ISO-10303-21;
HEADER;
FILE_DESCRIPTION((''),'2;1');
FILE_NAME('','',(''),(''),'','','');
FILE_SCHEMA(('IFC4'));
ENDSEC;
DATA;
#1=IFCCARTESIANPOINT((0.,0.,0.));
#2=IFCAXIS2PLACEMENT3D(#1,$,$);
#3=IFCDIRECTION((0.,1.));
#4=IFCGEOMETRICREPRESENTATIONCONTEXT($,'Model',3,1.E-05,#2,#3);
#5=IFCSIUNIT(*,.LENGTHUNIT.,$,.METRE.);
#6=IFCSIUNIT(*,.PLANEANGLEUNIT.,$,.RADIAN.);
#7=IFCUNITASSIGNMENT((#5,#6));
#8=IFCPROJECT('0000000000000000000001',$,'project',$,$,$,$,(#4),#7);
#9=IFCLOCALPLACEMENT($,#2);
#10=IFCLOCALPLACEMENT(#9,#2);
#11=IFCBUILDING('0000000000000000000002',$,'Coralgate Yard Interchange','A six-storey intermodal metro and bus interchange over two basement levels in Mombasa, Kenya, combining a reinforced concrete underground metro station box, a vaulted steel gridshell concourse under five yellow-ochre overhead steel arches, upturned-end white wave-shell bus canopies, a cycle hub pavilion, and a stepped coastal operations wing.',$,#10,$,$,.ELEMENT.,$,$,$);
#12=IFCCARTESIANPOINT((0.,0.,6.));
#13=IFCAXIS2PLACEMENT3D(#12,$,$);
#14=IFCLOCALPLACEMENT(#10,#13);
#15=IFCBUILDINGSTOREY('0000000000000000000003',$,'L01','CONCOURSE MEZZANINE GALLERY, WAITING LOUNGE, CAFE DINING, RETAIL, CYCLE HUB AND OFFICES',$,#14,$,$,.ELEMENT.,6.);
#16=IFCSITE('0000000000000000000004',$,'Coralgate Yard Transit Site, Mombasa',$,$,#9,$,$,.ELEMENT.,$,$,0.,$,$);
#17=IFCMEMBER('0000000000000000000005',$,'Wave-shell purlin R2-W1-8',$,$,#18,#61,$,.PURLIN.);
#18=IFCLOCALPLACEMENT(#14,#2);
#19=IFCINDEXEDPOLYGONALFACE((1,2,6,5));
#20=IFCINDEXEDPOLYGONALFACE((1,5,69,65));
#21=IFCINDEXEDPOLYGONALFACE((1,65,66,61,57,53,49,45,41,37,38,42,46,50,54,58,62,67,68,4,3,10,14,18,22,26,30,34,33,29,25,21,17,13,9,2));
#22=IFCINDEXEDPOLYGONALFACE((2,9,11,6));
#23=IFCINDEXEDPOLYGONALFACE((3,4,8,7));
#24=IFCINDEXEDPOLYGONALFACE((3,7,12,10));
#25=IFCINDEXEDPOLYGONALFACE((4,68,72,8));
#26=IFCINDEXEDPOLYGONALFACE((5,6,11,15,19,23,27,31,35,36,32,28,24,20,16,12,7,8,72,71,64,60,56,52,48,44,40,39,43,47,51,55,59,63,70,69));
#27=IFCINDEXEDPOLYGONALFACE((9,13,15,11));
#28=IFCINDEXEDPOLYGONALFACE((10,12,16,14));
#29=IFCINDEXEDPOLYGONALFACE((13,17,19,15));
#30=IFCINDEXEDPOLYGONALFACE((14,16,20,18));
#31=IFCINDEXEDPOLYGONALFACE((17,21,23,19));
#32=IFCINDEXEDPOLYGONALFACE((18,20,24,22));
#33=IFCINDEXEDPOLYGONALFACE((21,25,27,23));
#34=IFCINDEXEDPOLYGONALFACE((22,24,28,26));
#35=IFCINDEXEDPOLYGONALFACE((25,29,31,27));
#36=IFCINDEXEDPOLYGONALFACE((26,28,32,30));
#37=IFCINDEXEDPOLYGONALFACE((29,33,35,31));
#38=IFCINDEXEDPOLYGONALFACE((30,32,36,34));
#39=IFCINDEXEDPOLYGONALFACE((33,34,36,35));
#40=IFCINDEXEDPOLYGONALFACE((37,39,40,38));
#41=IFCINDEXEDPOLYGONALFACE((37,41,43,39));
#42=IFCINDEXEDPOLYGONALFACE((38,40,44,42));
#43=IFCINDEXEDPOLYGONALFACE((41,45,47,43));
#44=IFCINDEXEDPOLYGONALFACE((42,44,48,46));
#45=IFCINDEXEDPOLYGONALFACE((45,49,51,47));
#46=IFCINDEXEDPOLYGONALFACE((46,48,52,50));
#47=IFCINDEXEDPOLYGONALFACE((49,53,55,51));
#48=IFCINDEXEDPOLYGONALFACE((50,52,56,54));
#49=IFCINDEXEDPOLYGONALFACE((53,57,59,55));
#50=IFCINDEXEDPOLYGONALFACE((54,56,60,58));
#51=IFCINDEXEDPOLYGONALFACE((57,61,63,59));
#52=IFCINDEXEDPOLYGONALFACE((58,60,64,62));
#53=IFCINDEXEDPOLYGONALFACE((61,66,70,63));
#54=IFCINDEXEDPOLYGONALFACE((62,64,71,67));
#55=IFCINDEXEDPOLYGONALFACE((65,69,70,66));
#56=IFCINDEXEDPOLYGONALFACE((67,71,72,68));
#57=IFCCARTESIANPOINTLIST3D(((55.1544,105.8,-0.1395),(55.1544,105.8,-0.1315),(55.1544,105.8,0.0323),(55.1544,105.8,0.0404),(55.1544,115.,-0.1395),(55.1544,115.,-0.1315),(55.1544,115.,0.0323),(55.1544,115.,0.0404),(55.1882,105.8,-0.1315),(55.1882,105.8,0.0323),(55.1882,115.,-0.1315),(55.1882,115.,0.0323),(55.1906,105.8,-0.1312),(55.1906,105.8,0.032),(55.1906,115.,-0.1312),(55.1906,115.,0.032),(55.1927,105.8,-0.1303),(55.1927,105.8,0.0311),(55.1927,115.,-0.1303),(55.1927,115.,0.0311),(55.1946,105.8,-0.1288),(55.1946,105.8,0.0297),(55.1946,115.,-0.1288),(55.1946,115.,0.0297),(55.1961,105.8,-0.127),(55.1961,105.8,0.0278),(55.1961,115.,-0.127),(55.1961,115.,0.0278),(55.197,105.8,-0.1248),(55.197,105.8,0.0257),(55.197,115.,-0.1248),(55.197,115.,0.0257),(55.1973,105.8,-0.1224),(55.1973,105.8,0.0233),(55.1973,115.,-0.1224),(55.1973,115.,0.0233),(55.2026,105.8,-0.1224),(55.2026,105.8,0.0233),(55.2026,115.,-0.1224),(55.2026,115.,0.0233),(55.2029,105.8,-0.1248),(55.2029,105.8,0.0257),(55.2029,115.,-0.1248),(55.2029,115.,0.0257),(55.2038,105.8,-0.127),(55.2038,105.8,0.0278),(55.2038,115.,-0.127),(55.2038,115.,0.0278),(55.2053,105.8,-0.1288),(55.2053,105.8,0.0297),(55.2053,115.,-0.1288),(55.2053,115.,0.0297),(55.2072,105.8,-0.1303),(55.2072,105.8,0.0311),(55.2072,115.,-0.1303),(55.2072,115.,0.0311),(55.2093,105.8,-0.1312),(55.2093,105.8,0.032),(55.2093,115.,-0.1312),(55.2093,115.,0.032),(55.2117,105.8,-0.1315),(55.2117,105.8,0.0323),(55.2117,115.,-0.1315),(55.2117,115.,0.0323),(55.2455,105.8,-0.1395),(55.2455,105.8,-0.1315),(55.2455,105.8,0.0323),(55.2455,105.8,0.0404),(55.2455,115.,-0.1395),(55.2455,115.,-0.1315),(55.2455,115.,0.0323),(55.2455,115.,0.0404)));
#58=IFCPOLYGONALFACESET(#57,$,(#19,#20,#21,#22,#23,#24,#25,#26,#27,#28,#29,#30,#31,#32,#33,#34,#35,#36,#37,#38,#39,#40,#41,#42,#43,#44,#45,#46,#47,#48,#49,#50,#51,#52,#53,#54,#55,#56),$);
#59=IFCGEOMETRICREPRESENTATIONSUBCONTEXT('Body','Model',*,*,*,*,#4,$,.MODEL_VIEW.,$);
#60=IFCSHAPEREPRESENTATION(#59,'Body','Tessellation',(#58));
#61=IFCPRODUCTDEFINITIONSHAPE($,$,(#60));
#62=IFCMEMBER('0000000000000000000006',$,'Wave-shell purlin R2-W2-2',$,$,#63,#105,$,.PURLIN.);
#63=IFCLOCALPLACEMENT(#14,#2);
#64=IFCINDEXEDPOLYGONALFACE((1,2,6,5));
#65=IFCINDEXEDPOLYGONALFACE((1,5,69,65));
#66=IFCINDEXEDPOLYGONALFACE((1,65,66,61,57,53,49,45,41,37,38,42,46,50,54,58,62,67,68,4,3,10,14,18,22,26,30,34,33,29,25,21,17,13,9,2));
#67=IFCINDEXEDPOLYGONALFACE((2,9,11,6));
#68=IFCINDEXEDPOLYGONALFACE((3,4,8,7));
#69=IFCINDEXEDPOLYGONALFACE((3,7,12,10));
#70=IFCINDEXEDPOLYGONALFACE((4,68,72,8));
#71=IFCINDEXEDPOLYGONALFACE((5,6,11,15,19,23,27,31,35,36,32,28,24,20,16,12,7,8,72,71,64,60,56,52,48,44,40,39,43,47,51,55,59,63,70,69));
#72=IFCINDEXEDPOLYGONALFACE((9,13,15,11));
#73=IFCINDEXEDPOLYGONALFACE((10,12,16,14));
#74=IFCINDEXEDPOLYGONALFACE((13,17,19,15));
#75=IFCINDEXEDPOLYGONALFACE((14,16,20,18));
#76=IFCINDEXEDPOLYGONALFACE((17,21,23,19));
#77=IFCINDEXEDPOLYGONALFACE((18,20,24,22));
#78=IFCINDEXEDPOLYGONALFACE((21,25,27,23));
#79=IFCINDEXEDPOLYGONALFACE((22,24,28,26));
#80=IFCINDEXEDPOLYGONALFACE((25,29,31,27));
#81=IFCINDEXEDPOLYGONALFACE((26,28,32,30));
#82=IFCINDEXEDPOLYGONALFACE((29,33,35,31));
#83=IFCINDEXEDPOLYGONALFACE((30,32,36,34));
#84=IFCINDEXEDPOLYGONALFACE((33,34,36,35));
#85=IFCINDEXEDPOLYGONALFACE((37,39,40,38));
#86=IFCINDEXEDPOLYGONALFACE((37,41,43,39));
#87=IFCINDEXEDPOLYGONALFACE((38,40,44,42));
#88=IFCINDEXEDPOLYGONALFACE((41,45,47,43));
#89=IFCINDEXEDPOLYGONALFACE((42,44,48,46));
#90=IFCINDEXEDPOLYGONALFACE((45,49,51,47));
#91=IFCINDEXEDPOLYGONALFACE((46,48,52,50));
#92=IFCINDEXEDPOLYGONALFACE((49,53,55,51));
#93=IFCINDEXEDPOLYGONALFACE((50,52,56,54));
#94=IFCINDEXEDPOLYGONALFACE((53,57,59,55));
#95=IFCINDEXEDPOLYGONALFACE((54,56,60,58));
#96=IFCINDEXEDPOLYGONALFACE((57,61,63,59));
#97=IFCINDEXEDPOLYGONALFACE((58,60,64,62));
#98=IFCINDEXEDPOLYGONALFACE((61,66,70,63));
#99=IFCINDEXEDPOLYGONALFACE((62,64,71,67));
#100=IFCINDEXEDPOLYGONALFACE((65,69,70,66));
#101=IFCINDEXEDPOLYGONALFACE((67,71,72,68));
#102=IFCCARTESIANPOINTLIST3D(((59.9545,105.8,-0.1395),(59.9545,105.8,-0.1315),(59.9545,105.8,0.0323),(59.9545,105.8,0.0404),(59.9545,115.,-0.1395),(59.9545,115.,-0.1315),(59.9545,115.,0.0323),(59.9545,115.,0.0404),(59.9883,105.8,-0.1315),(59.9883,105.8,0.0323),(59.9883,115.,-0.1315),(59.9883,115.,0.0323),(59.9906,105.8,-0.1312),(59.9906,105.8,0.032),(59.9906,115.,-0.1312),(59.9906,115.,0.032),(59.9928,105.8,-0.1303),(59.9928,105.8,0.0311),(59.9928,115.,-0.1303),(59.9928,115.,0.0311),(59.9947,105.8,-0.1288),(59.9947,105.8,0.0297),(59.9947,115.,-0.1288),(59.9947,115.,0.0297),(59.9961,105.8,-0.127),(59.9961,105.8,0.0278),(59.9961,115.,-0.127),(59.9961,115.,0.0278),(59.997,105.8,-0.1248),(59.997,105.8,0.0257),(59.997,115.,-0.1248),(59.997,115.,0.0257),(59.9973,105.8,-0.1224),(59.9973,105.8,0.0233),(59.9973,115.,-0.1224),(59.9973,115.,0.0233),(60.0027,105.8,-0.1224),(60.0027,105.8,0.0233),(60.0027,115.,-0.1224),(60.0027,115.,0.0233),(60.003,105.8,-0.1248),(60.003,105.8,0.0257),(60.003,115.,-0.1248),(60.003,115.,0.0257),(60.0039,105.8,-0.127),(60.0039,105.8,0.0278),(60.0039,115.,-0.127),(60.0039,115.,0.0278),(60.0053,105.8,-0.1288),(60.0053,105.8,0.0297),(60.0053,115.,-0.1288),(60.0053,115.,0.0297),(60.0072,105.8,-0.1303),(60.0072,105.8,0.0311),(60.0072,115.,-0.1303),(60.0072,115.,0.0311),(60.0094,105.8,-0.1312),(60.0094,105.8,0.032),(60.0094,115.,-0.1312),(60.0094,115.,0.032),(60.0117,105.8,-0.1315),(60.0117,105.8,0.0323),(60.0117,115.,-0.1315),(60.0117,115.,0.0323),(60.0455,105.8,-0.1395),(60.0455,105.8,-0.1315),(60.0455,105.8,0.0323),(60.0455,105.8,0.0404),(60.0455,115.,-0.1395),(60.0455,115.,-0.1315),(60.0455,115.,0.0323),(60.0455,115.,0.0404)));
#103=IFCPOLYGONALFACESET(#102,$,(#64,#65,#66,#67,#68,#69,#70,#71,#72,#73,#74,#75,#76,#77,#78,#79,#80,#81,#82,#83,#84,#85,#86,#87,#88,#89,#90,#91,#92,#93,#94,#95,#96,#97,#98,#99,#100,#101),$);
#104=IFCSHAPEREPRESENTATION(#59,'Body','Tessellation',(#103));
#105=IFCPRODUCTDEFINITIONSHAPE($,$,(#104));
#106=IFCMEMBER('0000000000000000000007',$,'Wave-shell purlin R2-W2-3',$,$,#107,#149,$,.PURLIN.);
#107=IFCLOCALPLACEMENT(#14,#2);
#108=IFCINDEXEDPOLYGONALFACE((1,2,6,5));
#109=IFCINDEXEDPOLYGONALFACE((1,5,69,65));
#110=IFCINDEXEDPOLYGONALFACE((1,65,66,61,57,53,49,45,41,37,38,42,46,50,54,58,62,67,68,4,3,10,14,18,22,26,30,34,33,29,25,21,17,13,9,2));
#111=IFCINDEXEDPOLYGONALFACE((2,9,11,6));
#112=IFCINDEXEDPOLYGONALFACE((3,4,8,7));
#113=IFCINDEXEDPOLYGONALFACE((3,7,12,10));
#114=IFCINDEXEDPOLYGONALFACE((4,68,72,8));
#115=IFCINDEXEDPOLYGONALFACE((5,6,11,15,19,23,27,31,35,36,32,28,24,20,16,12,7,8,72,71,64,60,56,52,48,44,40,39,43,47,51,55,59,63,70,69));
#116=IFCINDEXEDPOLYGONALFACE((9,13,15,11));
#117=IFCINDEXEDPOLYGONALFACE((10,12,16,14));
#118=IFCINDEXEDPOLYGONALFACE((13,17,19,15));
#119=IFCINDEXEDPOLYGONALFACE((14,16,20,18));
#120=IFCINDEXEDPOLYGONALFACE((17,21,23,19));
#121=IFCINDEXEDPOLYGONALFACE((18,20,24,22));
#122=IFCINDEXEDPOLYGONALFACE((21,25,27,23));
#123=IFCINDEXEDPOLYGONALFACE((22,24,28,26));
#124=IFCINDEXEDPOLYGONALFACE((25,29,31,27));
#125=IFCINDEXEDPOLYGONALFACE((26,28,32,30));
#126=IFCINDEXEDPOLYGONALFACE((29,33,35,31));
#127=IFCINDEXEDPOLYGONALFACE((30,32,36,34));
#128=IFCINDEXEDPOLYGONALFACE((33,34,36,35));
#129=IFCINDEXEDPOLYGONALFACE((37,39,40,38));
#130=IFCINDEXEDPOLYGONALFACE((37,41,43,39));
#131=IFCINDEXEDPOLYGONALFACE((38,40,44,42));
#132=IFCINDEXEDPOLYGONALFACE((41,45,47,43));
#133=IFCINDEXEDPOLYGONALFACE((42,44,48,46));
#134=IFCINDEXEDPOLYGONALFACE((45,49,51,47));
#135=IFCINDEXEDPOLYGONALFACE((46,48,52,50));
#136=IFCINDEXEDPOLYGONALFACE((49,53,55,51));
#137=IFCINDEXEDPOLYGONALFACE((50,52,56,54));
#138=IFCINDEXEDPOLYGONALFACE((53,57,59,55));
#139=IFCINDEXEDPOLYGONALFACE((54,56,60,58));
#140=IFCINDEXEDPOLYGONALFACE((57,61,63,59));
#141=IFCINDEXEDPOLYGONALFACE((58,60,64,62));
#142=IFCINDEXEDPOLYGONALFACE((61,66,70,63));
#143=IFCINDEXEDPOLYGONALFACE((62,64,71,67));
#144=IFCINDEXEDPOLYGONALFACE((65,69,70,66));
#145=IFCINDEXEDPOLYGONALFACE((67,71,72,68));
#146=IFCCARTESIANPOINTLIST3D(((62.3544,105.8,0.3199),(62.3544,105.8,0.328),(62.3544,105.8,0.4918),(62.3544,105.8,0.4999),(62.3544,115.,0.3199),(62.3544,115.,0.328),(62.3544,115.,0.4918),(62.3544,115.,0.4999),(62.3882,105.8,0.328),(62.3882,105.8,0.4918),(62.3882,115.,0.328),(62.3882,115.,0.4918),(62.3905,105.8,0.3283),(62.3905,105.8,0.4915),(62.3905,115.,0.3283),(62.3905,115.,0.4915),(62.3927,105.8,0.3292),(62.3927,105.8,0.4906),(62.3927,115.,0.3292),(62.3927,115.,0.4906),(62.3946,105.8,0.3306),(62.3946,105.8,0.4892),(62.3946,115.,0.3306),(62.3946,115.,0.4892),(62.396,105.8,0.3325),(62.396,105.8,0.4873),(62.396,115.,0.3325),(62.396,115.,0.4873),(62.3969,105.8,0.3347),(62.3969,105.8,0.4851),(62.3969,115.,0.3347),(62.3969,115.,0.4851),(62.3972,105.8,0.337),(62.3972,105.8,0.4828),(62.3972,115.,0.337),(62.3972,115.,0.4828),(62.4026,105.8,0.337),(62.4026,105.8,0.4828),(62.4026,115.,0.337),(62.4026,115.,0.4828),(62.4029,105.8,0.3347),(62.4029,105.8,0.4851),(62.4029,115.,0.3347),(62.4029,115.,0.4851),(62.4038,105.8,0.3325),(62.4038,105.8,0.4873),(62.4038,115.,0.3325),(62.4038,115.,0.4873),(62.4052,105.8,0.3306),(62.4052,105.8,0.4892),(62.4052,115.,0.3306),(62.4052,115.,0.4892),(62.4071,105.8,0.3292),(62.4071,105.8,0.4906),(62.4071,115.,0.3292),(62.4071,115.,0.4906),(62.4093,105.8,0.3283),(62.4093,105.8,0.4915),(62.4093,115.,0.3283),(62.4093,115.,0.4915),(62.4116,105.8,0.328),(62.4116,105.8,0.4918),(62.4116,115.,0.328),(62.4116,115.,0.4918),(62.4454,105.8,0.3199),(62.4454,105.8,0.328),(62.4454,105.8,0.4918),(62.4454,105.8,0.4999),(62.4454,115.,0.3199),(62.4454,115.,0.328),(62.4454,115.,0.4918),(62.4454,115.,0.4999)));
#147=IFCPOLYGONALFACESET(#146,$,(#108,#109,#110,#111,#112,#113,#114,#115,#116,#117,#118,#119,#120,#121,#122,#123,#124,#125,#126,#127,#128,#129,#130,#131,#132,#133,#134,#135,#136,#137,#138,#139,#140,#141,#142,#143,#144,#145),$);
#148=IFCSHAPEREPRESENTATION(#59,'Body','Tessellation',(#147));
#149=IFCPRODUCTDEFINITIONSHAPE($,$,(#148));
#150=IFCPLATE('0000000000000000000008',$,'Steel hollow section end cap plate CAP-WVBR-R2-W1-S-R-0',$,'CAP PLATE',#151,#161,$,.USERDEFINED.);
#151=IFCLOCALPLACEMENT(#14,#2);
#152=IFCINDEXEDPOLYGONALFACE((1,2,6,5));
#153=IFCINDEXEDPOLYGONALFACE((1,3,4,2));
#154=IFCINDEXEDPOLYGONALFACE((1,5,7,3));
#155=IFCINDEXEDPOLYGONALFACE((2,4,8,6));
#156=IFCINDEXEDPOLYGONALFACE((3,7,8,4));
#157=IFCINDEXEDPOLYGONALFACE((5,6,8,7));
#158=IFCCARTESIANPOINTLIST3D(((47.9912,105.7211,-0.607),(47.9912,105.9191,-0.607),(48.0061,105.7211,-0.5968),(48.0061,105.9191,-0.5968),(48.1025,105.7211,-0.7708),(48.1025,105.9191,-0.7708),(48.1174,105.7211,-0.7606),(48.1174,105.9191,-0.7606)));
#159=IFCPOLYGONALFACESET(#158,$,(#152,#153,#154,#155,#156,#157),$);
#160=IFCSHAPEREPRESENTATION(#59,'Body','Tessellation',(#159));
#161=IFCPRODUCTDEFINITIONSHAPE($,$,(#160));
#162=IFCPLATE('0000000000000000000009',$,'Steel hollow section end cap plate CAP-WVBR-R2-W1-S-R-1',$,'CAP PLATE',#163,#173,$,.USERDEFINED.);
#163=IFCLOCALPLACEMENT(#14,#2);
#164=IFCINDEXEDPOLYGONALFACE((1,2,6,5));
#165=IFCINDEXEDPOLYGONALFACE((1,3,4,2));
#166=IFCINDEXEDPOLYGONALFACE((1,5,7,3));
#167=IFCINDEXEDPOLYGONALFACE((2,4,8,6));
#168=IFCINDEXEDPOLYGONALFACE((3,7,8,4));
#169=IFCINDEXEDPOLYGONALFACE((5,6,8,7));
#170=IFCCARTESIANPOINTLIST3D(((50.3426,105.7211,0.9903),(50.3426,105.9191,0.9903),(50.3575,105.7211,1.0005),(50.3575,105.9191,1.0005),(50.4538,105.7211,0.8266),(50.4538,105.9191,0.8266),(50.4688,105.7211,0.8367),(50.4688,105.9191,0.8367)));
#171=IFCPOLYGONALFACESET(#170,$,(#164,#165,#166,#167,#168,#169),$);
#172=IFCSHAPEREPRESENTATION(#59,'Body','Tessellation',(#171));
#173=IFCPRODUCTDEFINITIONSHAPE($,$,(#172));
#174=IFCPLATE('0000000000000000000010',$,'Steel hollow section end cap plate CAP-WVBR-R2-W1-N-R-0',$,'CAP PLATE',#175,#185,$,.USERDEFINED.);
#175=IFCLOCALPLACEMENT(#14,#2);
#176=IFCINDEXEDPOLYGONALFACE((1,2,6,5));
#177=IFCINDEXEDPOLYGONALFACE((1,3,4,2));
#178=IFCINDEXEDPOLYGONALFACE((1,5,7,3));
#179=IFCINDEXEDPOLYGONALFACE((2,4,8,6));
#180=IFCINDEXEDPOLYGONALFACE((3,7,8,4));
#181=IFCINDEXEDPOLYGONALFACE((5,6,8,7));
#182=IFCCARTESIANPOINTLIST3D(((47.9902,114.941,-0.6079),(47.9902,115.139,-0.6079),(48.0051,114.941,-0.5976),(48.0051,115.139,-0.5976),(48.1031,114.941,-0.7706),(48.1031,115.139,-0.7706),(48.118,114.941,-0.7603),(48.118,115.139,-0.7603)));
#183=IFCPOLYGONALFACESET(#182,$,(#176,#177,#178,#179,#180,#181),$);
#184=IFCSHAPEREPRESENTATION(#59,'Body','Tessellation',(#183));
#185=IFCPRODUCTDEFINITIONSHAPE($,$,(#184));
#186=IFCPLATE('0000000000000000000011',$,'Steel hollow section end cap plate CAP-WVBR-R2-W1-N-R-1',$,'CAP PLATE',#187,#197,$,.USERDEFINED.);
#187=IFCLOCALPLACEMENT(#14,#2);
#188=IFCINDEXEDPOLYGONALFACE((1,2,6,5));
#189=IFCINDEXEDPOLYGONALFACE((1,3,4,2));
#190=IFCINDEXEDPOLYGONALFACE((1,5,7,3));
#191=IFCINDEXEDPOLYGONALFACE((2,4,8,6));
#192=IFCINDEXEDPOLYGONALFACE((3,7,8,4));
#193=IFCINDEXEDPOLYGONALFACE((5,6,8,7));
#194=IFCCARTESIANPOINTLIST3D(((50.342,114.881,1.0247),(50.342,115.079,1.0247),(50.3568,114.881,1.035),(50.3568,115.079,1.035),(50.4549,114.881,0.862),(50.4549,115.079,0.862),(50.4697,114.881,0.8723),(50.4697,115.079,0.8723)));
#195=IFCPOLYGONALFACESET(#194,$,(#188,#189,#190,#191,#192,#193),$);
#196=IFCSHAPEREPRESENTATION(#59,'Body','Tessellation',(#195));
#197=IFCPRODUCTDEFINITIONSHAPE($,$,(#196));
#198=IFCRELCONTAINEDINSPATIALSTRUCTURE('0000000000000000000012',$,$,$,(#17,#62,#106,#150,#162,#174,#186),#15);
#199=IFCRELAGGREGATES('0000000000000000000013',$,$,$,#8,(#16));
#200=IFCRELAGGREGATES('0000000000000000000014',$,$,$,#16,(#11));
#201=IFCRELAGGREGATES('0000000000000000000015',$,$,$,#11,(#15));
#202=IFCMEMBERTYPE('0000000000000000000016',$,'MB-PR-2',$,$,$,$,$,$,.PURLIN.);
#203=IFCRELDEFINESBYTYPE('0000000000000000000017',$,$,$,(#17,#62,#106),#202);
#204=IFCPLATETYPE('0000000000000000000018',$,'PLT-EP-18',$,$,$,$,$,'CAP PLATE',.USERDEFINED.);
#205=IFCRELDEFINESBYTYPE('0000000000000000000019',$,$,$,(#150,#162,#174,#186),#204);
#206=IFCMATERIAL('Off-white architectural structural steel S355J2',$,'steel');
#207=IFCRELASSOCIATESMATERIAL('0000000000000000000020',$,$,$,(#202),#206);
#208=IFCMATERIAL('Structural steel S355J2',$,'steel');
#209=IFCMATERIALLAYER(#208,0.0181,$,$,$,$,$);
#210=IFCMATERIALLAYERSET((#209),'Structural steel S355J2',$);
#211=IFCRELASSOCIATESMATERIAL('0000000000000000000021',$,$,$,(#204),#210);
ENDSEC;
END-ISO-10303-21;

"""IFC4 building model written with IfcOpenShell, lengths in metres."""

from ifc_helpers import new_model, si_unit, direction, frame, origin, origin_2d, place, context, subcontext, project, spatial, rectangle, i_section, extrude, material, layer, layer_set, material_profile, profile_set, type_object, element, save


model = new_model("IFC4")

# Units and contexts
model_context = context("Model", 3, precision=1e-05, world=origin(), true_north=direction((0.0, 1.0)))
body_context = subcontext(model_context, "Body", "Model", "MODEL_VIEW")
ifc_project = project(units=[si_unit("LENGTHUNIT", "METRE"), si_unit("PLANEANGLEUNIT", "RADIAN")], contexts=[model_context])

# Site, building, storey
site_placement = place(None, origin())
site = spatial("IfcSite", under=ifc_project, at=site_placement, Name="Coralgate Yard Transit Site, Mombasa", CompositionType="ELEMENT", RefElevation=0.0)
building_placement = place(site_placement, origin())
building = spatial("IfcBuilding", under=site, at=building_placement, Name="Coralgate Yard Interchange", Description="A six-storey intermodal metro and bus interchange over two basement levels in Mombasa, Kenya, combining a reinforced concrete underground metro station box, a vaulted steel gridshell concourse under five yellow-ochre overhead steel arches, upturned-end white wave-shell bus canopies, a cycle hub pavilion, and a stepped coastal operations wing.", CompositionType="ELEMENT")
storey_placement = place(building_placement, frame((0.0, 0.0, 6.0)))
storey = spatial("IfcBuildingStorey", under=building, at=storey_placement, Name="L01", Description="CONCOURSE MEZZANINE GALLERY, WAITING LOUNGE, CAFE DINING, RETAIL, CYCLE HUB AND OFFICES", CompositionType="ELEMENT", Elevation=6.0)

# Shared definitions
ifc_material_1 = material(Name="Off-white architectural structural steel S355J2", Category="steel")

# Members
ifc_material_profile_1 = material_profile(ifc_material_1, i_section(OverallWidth=0.0911, OverallDepth=0.1799, WebThickness=0.0054, FlangeThickness=0.0081, FilletRadius=0.009, at=origin_2d()), Name="IPE 180")
ifc_profile_set_1 = profile_set([ifc_material_profile_1], Name="Off-white architectural structural steel S355J2")
member_type_1 = type_object("IfcMemberType", Name="MB-PR-2", PredefinedType="PURLIN", material=ifc_profile_set_1)
for number, where, z_axis, x_axis, name in (
    (1, (55.2, 105.8, -0.0496), (0.0, 1.0, 0.0), (-1.0, 0.0, 0.0), "Wave-shell purlin R2-W1-8"),
    (2, (60.0, 105.8, -0.0496), (0.0, 1.0, 0.0), (-1.0, 0.0, 0.0), "Wave-shell purlin R2-W2-2"),
    (3, (62.3999, 105.8, 0.4099), (0.0, 1.0, 0.0), (-1.0, 0.0, 0.0), "Wave-shell purlin R2-W2-3"),
):
    element("IfcMember", number, at=place(storey_placement, frame(where, z_axis=z_axis, x_axis=x_axis)), inside=storey, type_object=member_type_1, Name=name, PredefinedType="PURLIN", context=body_context, shape_type="SweptSolid", body=[
        extrude(i_section(OverallWidth=0.0911, OverallDepth=0.1799, WebThickness=0.0054, FlangeThickness=0.0081, FilletRadius=0.009, at=origin_2d()), origin(), (0.0, 0.0, 1.0), 9.2),
    ])

# Plates
ifc_material_2 = material(Name="Structural steel S355J2", Category="steel")
ifc_layer_1 = layer(ifc_material_2, 0.0181)
ifc_layer_set_1 = layer_set([ifc_layer_1], Name="Structural steel S355J2")
plate_type = type_object("IfcPlateType", Name="PLT-EP-18", ElementType="CAP PLATE", PredefinedType="USERDEFINED", material=ifc_layer_set_1)
for number, where, z_axis, x_axis, name in (
    (4, (48.0618, 105.8201, -0.6787), (-0.827189, 0.0, -0.561923), (0.0, -1.0, 0.0), "Steel hollow section end cap plate CAP-WVBR-R2-W1-S-R-0"),
    (5, (50.3982, 105.8201, 0.9084), (0.827189, 0.0, 0.561923), (0.0, 1.0, 0.0), "Steel hollow section end cap plate CAP-WVBR-R2-W1-S-R-1"),
    (6, (48.0615, 115.04, -0.679), (-0.821436, 0.0, -0.570301), (0.0, -1.0, 0.0), "Steel hollow section end cap plate CAP-WVBR-R2-W1-N-R-0"),
    (7, (50.3984, 114.98, 0.9434), (0.821436, 0.0, 0.570301), (0.0, 1.0, 0.0), "Steel hollow section end cap plate CAP-WVBR-R2-W1-N-R-1"),
):
    element("IfcPlate", number, at=place(storey_placement, frame(where, z_axis=z_axis, x_axis=x_axis)), inside=storey, type_object=plate_type, Name=name, ObjectType="CAP PLATE", PredefinedType="USERDEFINED", context=body_context, shape_type="SweptSolid", body=[
        extrude(rectangle(XDim=0.198, YDim=0.198, at=origin_2d()), origin(), (0.0, 0.0, 1.0), 0.0181),
    ])

save(model, "model.ifc")
